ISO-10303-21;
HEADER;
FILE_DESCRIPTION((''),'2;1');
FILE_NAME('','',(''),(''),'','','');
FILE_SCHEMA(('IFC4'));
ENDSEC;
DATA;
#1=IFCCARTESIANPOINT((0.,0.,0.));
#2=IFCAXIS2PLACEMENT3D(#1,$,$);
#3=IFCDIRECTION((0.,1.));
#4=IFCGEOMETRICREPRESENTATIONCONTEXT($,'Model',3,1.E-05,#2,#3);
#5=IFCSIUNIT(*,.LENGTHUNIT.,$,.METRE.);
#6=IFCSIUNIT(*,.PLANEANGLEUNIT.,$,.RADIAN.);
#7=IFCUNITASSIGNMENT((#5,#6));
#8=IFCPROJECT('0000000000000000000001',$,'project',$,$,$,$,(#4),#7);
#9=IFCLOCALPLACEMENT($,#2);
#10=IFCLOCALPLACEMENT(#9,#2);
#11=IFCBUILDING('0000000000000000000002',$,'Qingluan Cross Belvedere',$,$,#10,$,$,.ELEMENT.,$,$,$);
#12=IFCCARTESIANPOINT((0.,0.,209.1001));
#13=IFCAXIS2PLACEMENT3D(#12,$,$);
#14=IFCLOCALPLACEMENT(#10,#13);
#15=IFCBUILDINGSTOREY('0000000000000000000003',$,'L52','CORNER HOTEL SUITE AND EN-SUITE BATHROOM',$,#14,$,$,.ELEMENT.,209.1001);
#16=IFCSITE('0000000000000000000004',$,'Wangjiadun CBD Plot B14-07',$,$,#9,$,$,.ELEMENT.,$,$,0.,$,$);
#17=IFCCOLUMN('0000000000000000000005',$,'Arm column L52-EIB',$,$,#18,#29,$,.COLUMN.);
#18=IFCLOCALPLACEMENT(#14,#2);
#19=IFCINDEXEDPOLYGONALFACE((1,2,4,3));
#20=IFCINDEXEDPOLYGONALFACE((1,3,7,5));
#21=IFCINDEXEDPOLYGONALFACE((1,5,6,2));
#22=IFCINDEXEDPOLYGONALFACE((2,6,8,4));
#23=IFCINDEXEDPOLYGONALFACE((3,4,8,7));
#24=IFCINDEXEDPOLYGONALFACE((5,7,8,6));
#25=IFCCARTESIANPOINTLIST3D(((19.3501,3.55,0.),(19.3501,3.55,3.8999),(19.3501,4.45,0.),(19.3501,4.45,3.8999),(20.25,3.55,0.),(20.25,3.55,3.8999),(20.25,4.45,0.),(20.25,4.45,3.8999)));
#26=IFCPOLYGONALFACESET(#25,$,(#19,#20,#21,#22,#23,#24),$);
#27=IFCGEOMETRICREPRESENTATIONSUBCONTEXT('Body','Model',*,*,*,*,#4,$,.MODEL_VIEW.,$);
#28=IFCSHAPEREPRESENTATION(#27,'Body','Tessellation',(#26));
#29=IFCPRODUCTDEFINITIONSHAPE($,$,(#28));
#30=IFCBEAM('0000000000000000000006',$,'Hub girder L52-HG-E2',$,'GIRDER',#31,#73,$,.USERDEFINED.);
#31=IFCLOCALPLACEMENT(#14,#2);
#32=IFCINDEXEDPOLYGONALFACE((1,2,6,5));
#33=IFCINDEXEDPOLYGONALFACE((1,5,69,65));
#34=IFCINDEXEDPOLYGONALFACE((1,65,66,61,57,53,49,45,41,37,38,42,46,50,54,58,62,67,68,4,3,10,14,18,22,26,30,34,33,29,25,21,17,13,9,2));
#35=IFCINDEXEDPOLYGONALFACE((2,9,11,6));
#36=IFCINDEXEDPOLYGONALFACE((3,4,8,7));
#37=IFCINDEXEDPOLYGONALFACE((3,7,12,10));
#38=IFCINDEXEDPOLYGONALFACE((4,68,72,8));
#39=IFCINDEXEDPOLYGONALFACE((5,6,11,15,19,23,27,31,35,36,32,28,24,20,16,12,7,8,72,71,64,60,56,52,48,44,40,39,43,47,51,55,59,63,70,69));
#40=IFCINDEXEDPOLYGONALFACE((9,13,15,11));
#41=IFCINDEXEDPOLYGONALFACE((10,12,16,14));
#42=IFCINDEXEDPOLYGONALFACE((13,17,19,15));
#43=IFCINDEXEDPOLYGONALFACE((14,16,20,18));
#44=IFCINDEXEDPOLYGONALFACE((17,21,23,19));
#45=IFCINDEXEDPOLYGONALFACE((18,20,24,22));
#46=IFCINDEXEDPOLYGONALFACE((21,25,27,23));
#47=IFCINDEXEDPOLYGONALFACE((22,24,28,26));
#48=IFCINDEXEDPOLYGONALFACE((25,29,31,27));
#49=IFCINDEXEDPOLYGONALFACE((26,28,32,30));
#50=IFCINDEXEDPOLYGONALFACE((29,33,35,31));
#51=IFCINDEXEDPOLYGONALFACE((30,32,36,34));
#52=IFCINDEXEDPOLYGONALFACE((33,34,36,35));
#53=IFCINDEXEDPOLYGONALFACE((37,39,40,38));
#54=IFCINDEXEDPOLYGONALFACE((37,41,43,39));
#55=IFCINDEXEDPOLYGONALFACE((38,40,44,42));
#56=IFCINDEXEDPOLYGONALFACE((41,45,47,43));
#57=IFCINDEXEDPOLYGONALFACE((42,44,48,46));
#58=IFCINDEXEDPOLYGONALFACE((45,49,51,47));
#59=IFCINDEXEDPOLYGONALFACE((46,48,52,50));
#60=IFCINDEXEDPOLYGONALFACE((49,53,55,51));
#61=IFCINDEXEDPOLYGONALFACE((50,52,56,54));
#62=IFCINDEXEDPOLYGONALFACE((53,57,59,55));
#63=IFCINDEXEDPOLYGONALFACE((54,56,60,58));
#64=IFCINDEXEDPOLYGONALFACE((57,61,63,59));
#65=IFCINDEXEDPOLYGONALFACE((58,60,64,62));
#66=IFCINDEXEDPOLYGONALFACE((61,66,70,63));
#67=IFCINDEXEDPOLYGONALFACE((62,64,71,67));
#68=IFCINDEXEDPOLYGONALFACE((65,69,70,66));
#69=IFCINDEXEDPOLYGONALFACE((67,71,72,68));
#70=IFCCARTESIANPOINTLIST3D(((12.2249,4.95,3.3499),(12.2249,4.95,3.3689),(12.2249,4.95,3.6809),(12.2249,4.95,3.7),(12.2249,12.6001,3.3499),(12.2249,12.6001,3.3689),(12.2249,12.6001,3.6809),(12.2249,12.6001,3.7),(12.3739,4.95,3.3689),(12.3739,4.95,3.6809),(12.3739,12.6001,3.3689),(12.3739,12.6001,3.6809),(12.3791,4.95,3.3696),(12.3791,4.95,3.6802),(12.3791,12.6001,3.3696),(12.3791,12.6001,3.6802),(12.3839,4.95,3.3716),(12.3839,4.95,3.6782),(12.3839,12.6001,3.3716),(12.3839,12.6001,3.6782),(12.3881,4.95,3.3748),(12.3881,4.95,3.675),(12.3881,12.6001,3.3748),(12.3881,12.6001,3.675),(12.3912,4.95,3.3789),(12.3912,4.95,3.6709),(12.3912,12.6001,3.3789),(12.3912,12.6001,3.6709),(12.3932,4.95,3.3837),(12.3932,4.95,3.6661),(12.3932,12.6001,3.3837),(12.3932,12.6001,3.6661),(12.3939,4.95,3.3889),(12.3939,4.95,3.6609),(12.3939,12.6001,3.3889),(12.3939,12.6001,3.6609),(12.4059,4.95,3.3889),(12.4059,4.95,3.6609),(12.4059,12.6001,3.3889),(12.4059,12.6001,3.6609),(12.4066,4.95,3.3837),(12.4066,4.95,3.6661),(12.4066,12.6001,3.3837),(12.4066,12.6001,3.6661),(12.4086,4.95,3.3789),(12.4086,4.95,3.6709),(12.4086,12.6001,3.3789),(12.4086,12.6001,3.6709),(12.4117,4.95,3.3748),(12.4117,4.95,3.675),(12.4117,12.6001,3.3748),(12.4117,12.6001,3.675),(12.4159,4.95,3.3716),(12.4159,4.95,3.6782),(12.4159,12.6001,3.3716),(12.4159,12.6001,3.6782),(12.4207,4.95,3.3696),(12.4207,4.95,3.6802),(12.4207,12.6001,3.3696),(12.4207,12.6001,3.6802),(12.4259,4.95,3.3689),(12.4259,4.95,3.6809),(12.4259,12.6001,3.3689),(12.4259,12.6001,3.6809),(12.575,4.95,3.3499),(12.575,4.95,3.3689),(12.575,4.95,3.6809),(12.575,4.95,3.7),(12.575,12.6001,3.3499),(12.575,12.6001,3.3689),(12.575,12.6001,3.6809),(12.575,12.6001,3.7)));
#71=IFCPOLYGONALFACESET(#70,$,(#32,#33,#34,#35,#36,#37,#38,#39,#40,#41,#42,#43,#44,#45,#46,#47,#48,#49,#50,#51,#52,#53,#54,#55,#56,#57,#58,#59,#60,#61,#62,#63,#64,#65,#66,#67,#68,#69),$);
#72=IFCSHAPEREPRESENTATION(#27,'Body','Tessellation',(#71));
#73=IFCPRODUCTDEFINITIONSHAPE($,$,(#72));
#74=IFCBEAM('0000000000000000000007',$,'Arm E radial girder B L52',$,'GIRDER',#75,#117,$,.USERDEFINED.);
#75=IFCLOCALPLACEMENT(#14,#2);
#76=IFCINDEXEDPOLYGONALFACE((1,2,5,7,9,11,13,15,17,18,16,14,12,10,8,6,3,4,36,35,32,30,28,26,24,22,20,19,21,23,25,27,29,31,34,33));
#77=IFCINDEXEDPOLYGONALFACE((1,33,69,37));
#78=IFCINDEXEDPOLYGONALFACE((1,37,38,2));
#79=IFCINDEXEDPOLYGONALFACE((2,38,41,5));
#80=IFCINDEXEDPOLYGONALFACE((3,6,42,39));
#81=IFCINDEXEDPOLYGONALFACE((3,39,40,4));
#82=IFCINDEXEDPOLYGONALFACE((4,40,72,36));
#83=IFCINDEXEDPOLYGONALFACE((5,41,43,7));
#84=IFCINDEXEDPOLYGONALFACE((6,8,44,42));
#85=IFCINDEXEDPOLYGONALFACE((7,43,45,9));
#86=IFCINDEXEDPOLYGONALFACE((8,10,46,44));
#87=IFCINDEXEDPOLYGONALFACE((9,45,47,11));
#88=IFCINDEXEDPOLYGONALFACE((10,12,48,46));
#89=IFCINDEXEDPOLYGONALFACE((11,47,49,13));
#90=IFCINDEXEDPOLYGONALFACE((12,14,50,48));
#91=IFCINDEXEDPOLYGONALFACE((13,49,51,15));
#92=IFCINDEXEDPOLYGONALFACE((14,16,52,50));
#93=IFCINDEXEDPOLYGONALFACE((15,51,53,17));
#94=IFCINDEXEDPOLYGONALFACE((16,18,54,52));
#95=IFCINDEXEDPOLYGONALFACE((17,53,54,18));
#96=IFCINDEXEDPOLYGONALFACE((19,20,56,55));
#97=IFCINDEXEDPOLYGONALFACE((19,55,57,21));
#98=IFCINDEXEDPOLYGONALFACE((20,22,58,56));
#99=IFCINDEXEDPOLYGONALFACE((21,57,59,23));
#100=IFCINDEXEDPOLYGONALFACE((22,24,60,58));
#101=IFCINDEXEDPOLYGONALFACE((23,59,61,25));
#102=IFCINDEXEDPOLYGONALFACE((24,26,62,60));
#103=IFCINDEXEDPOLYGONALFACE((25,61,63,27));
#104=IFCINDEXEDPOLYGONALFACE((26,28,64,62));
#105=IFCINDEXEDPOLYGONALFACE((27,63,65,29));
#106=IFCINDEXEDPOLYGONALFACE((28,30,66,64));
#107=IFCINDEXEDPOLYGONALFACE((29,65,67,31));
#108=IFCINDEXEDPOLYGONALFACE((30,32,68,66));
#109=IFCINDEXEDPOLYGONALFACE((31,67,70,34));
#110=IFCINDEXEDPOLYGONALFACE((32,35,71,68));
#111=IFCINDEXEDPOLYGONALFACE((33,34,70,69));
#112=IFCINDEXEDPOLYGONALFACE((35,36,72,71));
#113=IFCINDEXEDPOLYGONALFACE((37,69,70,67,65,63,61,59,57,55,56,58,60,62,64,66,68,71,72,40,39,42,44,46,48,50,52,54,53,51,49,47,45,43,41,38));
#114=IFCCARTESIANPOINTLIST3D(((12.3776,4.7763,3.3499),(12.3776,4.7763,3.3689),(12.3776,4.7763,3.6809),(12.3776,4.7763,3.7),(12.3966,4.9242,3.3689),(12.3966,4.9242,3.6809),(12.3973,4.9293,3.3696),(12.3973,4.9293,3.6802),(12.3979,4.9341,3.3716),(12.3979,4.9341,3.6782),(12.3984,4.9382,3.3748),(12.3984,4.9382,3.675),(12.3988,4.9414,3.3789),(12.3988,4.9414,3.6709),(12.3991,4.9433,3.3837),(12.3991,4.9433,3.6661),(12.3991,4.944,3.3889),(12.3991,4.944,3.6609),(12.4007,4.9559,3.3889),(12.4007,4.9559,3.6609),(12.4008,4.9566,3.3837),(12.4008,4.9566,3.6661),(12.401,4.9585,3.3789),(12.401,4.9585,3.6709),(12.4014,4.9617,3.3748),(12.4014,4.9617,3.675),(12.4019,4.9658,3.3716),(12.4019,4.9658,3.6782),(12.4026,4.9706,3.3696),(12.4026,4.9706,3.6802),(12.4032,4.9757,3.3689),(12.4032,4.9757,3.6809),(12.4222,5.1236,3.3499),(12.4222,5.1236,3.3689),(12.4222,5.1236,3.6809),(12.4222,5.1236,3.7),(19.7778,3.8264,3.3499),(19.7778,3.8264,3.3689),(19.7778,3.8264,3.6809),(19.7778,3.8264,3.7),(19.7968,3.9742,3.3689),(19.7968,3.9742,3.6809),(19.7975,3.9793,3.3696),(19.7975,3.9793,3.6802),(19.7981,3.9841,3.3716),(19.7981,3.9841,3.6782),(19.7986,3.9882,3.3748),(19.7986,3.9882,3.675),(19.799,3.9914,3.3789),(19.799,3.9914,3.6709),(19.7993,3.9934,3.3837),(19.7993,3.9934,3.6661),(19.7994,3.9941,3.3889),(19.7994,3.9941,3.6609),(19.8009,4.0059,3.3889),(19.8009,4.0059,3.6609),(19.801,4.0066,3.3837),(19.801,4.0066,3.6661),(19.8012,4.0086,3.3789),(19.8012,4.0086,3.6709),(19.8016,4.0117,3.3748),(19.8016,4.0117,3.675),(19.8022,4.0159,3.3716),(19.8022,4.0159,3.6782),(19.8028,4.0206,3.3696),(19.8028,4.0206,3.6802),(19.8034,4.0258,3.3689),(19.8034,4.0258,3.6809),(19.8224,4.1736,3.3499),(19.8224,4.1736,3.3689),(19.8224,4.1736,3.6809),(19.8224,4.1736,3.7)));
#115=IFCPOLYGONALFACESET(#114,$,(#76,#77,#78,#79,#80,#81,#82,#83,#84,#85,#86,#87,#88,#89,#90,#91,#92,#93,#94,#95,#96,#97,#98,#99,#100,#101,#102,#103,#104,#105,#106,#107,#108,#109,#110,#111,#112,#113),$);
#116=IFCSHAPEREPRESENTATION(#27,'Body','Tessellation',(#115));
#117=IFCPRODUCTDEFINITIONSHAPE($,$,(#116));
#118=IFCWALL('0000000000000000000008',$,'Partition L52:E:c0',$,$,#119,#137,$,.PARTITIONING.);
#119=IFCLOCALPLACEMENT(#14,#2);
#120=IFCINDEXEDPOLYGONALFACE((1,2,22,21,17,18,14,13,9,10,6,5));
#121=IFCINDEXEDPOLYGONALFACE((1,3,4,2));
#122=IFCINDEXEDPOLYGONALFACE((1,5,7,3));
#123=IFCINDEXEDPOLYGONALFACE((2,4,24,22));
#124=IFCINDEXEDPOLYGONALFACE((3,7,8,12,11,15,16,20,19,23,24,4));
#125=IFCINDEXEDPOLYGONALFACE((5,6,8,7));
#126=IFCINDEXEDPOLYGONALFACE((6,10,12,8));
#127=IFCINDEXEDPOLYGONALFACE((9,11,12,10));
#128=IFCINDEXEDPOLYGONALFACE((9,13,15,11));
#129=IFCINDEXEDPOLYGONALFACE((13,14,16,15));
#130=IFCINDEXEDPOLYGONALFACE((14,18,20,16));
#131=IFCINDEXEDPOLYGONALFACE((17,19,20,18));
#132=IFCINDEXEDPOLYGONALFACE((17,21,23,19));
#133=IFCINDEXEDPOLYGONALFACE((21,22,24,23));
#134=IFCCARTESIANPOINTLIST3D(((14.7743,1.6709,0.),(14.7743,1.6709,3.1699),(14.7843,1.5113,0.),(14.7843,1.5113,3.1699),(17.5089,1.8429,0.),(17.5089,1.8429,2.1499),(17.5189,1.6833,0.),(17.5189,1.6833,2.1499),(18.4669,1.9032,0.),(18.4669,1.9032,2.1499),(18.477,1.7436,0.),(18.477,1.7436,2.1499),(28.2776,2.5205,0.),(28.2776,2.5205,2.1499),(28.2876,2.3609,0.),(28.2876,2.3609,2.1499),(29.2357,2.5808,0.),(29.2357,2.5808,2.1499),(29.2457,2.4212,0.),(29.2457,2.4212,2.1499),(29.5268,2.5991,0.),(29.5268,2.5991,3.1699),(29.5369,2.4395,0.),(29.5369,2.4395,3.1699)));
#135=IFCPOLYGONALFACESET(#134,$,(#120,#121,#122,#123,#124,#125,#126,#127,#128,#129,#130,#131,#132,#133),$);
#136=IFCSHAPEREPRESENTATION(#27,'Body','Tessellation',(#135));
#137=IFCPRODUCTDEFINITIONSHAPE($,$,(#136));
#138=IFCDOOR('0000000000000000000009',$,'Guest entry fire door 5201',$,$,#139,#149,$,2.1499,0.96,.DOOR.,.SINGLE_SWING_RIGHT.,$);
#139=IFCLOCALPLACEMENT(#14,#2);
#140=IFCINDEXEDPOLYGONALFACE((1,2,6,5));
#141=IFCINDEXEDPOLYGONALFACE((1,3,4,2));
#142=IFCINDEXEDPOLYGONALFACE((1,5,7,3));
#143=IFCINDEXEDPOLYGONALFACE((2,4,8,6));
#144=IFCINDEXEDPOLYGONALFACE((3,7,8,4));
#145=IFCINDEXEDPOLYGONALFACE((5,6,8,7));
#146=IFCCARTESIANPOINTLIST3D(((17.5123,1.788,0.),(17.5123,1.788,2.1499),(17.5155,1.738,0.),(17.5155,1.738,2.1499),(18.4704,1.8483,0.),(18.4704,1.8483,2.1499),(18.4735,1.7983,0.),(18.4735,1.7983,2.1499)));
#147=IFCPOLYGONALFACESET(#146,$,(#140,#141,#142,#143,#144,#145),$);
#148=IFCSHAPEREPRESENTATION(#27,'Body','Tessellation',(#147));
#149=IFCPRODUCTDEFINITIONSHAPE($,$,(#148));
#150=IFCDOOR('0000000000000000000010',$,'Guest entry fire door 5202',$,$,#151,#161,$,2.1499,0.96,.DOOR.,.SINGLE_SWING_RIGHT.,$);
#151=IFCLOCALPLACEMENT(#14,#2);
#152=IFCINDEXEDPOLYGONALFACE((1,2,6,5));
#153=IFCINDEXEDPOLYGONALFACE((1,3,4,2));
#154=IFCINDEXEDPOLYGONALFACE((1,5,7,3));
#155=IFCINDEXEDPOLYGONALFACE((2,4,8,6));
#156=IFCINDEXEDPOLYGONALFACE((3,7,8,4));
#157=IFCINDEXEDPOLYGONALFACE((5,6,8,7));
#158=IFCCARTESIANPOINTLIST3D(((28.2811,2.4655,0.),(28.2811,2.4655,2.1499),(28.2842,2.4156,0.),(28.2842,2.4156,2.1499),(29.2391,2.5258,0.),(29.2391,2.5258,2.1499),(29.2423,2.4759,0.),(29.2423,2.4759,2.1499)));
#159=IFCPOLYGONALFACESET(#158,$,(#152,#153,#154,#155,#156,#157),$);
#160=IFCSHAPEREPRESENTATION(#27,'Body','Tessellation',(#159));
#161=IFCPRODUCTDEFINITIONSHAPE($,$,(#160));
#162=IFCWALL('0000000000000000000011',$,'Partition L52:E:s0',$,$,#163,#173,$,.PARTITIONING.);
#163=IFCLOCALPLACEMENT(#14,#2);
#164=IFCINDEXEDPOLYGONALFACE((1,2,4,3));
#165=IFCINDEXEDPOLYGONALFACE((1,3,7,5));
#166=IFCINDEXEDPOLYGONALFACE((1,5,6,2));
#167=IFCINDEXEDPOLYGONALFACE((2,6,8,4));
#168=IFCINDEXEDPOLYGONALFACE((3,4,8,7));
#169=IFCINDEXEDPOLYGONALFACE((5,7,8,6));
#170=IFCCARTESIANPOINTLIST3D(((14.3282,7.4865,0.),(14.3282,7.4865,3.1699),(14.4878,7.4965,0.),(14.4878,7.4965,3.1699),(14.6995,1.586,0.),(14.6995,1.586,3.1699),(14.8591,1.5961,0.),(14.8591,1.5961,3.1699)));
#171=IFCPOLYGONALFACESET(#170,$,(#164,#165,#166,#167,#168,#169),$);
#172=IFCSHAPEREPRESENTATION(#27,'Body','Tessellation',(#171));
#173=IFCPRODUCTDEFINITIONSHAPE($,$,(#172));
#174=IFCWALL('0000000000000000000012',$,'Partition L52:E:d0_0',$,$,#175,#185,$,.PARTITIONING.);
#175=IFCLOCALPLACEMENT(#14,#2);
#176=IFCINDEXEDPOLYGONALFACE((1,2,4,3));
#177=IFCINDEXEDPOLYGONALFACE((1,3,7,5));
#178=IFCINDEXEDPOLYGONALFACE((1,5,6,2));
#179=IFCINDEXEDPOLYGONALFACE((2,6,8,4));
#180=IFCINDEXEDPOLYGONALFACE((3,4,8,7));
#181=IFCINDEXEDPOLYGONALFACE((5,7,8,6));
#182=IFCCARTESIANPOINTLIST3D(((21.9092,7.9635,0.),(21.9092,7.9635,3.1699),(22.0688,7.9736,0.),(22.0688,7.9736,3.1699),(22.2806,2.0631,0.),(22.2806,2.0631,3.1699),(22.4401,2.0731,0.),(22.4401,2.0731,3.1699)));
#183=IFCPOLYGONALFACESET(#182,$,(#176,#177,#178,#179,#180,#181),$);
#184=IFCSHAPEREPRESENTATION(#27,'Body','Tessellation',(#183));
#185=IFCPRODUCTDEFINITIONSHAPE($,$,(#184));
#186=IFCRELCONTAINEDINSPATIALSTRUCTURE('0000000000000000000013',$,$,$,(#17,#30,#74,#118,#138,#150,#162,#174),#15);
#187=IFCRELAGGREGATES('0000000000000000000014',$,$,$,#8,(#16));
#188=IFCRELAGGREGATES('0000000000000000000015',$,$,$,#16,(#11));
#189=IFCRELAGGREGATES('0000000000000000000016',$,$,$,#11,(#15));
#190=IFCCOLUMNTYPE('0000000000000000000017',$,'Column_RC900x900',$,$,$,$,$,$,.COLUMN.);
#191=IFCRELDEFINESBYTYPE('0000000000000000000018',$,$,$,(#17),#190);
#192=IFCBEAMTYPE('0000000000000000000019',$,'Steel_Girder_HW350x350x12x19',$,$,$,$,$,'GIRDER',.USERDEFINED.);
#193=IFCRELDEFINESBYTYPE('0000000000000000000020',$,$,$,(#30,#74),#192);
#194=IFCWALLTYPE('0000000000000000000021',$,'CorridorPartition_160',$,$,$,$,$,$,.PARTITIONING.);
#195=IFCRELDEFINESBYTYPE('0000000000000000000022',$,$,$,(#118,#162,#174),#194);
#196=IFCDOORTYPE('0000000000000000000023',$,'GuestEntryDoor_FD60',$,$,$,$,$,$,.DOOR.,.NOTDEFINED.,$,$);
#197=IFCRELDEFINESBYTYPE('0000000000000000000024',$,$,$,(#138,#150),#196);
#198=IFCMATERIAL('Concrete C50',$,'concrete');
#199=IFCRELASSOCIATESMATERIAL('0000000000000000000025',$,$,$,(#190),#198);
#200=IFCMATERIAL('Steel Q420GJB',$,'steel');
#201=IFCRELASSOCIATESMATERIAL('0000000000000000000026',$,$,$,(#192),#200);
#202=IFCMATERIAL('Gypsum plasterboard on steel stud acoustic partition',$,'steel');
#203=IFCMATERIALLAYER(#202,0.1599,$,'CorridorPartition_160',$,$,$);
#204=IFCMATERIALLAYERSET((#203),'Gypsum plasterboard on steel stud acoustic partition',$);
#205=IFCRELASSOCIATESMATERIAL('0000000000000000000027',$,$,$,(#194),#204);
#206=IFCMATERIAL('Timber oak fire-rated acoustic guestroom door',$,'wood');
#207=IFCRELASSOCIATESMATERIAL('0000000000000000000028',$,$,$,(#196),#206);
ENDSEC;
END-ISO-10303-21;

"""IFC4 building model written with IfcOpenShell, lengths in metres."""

from ifc_helpers import new_model, si_unit, direction, frame, frame_2d, origin, origin_2d, place, context, subcontext, project, spatial, rectangle, i_section, extrude, material, layer, layer_set, material_profile, profile_set, type_object, element, fill, save


model = new_model("IFC4")

# Units and contexts
model_context = context("Model", 3, precision=1e-05, world=origin(), true_north=direction((0.0, 1.0)))
body_context = subcontext(model_context, "Body", "Model", "MODEL_VIEW")
ifc_project = project(units=[si_unit("LENGTHUNIT", "METRE"), si_unit("PLANEANGLEUNIT", "RADIAN")], contexts=[model_context])

# Site, building, storey
site_placement = place(None, origin())
site = spatial("IfcSite", under=ifc_project, at=site_placement, Name="Wangjiadun CBD Plot B14-07", CompositionType="ELEMENT", RefElevation=0.0)
building_placement = place(site_placement, origin())
building = spatial("IfcBuilding", under=site, at=building_placement, Name="Qingluan Cross Belvedere", CompositionType="ELEMENT")
storey_placement = place(building_placement, frame((0.0, 0.0, 209.1001)))
storey = spatial("IfcBuildingStorey", under=building, at=storey_placement, Name="L52", Description="CORNER HOTEL SUITE AND EN-SUITE BATHROOM", CompositionType="ELEMENT", Elevation=209.1001)

# Column
ifc_material_1 = material(Name="Concrete C50", Category="concrete")
ifc_material_profile_1 = material_profile(ifc_material_1, rectangle(XDim=0.8999, YDim=0.8999, at=origin_2d()), Name="RC900x900")
ifc_profile_set_1 = profile_set([ifc_material_profile_1], Name="Concrete C50")
column_type = type_object("IfcColumnType", Name="Column_RC900x900", PredefinedType="COLUMN", material=ifc_profile_set_1)
column_placement = place(storey_placement, frame((19.8, 4.0, 0.0), z_axis=(0.0, 0.0, 1.0), x_axis=(1.0, 0.0, 0.0)))
element("IfcColumn", 1, at=column_placement, inside=storey, type_object=column_type, Name="Arm column L52-EIB", PredefinedType="COLUMN", context=body_context, shape_type="SweptSolid", body=[
    extrude(rectangle(XDim=0.8999, YDim=0.8999, at=origin_2d()), origin(), (0.0, 0.0, 1.0), 3.8999),
])

# Beams
ifc_material_2 = material(Name="Steel Q420GJB", Category="steel")
ifc_material_profile_2 = material_profile(ifc_material_2, i_section(OverallWidth=0.3501, OverallDepth=0.3501, WebThickness=0.012, FlangeThickness=0.019, FilletRadius=0.02, at=origin_2d()), Name="HW350x350x12x19")
ifc_profile_set_2 = profile_set([ifc_material_profile_2], Name="Steel Q420GJB")
beam_type = type_object("IfcBeamType", Name="Steel_Girder_HW350x350x12x19", ElementType="GIRDER", PredefinedType="USERDEFINED", material=ifc_profile_set_2)
beam_1_placement = place(storey_placement, frame((12.3999, 4.95, 3.5249), z_axis=(0.0, 1.0, 0.0), x_axis=(-1.0, 0.0, 0.0)))
element("IfcBeam", 2, at=beam_1_placement, inside=storey, type_object=beam_type, Name="Hub girder L52-HG-E2", ObjectType="GIRDER", PredefinedType="USERDEFINED", context=body_context, shape_type="SweptSolid", body=[
    extrude(i_section(OverallWidth=0.3501, OverallDepth=0.3501, WebThickness=0.012, FlangeThickness=0.019, FilletRadius=0.02, at=origin_2d()), origin(), (0.0, 0.0, 1.0), 7.6501),
])
beam_2_placement = place(storey_placement, frame((12.3999, 4.95, 3.5249), z_axis=(0.991861, -0.127324, 0.0), x_axis=(0.127324, 0.991861, 0.0)))
element("IfcBeam", 3, at=beam_2_placement, inside=storey, type_object=beam_type, Name="Arm E radial girder B L52", ObjectType="GIRDER", PredefinedType="USERDEFINED", context=body_context, shape_type="SweptSolid", body=[
    extrude(i_section(OverallWidth=0.3501, OverallDepth=0.3501, WebThickness=0.012, FlangeThickness=0.019, FilletRadius=0.02, at=origin_2d()), origin(), (0.0, 0.0, 1.0), 7.4609),
])

# Wall, openings, doors
ifc_material_3 = material(Name="Gypsum plasterboard on steel stud acoustic partition", Category="steel")
ifc_layer_1 = layer(ifc_material_3, 0.1599, Name="CorridorPartition_160")
ifc_layer_set_1 = layer_set([ifc_layer_1], Name="Gypsum plasterboard on steel stud acoustic partition")
wall_type_1 = type_object("IfcWallType", Name="CorridorPartition_160", PredefinedType="PARTITIONING", material=ifc_layer_set_1)
wall_1_placement = place(storey_placement, frame((14.7793, 1.5911, 0.0), z_axis=(0.0, 0.0, 1.0), x_axis=(0.998026, 0.062795, 0.0)))
wall_1 = element("IfcWall", 4, at=wall_1_placement, inside=storey, type_object=wall_type_1, Name="Partition L52:E:c0", PredefinedType="PARTITIONING", context=body_context, shape_type="SweptSolid", body=[
    extrude(rectangle(XDim=14.7817, YDim=0.1599, at=frame_2d((7.3909, 0.0))), origin(), (0.0, 0.0, 1.0), 3.1699),
])
opening_1_placement = place(wall_1_placement, frame((2.74, 0.0, 0.0)))
opening_1 = element("IfcOpeningElement", 5, at=opening_1_placement, cuts=wall_1, PredefinedType="OPENING", context=body_context, shape_type="SweptSolid", body=[
    extrude(rectangle(XDim=0.96, YDim=2.1499, at=frame_2d((0.48, 1.075))), frame((0.0, 0.0898, 0.0), z_axis=(0.0, -1.0, 0.0), x_axis=(1.0, 0.0, 0.0)), (0.0, 0.0, 1.0), 0.1799),
])
opening_2_placement = place(wall_1_placement, frame((13.53, 0.0, 0.0)))
opening_2 = element("IfcOpeningElement", 6, at=opening_2_placement, cuts=wall_1, PredefinedType="OPENING", context=body_context, shape_type="SweptSolid", body=[
    extrude(rectangle(XDim=0.96, YDim=2.1499, at=frame_2d((0.48, 1.075))), frame((0.0, 0.0898, 0.0), z_axis=(0.0, -1.0, 0.0), x_axis=(1.0, 0.0, 0.0)), (0.0, 0.0, 1.0), 0.1799),
])
ifc_material_4 = material(Name="Timber oak fire-rated acoustic guestroom door", Category="wood")
door_type_1 = type_object("IfcDoorType", Name="GuestEntryDoor_FD60", OperationType="NOTDEFINED", PredefinedType="DOOR", material=ifc_material_4)
door_1_placement = place(opening_1_placement, origin())
door_1 = element("IfcDoor", 7, at=door_1_placement, inside=storey, type_object=door_type_1, Name="Guest entry fire door 5201", OperationType="SINGLE_SWING_RIGHT", OverallHeight=2.1499, OverallWidth=0.96, PredefinedType="DOOR", context=body_context, shape_type="SweptSolid", body=[
    extrude(rectangle(XDim=0.96, YDim=2.1499, at=frame_2d((0.48, 1.075))), frame((0.0, 0.0249, 0.0), z_axis=(0.0, -1.0, 0.0), x_axis=(1.0, 0.0, 0.0)), (0.0, 0.0, 1.0), 0.05),
])
fill(opening_1, door_1)
door_2_placement = place(opening_2_placement, origin())
door_2 = element("IfcDoor", 8, at=door_2_placement, inside=storey, type_object=door_type_1, Name="Guest entry fire door 5202", OperationType="SINGLE_SWING_RIGHT", OverallHeight=2.1499, OverallWidth=0.96, PredefinedType="DOOR", context=body_context, shape_type="SweptSolid", body=[
    extrude(rectangle(XDim=0.96, YDim=2.1499, at=frame_2d((0.48, 1.075))), frame((0.0, 0.0249, 0.0), z_axis=(0.0, -1.0, 0.0), x_axis=(1.0, 0.0, 0.0)), (0.0, 0.0, 1.0), 0.05),
])
fill(opening_2, door_2)

# Walls
for number, where, z_axis, x_axis, name in (
    (9, (14.7793, 1.5911, 0.0), (0.0, 0.0, 1.0), (-0.06281, 0.998025, 0.0), "Partition L52:E:s0"),
    (10, (22.3604, 2.0681, 0.0), (0.0, 0.0, 1.0), (-0.06281, 0.998025, 0.0), "Partition L52:E:d0_0"),
):
    element("IfcWall", number, at=place(storey_placement, frame(where, z_axis=z_axis, x_axis=x_axis)), inside=storey, type_object=wall_type_1, Name=name, PredefinedType="PARTITIONING", context=body_context, shape_type="SweptSolid", body=[
        extrude(rectangle(XDim=5.9121, YDim=0.1599, at=frame_2d((2.9561, 0.0))), origin(), (0.0, 0.0, 1.0), 3.1699),
    ])

save(model, "model.ifc")
